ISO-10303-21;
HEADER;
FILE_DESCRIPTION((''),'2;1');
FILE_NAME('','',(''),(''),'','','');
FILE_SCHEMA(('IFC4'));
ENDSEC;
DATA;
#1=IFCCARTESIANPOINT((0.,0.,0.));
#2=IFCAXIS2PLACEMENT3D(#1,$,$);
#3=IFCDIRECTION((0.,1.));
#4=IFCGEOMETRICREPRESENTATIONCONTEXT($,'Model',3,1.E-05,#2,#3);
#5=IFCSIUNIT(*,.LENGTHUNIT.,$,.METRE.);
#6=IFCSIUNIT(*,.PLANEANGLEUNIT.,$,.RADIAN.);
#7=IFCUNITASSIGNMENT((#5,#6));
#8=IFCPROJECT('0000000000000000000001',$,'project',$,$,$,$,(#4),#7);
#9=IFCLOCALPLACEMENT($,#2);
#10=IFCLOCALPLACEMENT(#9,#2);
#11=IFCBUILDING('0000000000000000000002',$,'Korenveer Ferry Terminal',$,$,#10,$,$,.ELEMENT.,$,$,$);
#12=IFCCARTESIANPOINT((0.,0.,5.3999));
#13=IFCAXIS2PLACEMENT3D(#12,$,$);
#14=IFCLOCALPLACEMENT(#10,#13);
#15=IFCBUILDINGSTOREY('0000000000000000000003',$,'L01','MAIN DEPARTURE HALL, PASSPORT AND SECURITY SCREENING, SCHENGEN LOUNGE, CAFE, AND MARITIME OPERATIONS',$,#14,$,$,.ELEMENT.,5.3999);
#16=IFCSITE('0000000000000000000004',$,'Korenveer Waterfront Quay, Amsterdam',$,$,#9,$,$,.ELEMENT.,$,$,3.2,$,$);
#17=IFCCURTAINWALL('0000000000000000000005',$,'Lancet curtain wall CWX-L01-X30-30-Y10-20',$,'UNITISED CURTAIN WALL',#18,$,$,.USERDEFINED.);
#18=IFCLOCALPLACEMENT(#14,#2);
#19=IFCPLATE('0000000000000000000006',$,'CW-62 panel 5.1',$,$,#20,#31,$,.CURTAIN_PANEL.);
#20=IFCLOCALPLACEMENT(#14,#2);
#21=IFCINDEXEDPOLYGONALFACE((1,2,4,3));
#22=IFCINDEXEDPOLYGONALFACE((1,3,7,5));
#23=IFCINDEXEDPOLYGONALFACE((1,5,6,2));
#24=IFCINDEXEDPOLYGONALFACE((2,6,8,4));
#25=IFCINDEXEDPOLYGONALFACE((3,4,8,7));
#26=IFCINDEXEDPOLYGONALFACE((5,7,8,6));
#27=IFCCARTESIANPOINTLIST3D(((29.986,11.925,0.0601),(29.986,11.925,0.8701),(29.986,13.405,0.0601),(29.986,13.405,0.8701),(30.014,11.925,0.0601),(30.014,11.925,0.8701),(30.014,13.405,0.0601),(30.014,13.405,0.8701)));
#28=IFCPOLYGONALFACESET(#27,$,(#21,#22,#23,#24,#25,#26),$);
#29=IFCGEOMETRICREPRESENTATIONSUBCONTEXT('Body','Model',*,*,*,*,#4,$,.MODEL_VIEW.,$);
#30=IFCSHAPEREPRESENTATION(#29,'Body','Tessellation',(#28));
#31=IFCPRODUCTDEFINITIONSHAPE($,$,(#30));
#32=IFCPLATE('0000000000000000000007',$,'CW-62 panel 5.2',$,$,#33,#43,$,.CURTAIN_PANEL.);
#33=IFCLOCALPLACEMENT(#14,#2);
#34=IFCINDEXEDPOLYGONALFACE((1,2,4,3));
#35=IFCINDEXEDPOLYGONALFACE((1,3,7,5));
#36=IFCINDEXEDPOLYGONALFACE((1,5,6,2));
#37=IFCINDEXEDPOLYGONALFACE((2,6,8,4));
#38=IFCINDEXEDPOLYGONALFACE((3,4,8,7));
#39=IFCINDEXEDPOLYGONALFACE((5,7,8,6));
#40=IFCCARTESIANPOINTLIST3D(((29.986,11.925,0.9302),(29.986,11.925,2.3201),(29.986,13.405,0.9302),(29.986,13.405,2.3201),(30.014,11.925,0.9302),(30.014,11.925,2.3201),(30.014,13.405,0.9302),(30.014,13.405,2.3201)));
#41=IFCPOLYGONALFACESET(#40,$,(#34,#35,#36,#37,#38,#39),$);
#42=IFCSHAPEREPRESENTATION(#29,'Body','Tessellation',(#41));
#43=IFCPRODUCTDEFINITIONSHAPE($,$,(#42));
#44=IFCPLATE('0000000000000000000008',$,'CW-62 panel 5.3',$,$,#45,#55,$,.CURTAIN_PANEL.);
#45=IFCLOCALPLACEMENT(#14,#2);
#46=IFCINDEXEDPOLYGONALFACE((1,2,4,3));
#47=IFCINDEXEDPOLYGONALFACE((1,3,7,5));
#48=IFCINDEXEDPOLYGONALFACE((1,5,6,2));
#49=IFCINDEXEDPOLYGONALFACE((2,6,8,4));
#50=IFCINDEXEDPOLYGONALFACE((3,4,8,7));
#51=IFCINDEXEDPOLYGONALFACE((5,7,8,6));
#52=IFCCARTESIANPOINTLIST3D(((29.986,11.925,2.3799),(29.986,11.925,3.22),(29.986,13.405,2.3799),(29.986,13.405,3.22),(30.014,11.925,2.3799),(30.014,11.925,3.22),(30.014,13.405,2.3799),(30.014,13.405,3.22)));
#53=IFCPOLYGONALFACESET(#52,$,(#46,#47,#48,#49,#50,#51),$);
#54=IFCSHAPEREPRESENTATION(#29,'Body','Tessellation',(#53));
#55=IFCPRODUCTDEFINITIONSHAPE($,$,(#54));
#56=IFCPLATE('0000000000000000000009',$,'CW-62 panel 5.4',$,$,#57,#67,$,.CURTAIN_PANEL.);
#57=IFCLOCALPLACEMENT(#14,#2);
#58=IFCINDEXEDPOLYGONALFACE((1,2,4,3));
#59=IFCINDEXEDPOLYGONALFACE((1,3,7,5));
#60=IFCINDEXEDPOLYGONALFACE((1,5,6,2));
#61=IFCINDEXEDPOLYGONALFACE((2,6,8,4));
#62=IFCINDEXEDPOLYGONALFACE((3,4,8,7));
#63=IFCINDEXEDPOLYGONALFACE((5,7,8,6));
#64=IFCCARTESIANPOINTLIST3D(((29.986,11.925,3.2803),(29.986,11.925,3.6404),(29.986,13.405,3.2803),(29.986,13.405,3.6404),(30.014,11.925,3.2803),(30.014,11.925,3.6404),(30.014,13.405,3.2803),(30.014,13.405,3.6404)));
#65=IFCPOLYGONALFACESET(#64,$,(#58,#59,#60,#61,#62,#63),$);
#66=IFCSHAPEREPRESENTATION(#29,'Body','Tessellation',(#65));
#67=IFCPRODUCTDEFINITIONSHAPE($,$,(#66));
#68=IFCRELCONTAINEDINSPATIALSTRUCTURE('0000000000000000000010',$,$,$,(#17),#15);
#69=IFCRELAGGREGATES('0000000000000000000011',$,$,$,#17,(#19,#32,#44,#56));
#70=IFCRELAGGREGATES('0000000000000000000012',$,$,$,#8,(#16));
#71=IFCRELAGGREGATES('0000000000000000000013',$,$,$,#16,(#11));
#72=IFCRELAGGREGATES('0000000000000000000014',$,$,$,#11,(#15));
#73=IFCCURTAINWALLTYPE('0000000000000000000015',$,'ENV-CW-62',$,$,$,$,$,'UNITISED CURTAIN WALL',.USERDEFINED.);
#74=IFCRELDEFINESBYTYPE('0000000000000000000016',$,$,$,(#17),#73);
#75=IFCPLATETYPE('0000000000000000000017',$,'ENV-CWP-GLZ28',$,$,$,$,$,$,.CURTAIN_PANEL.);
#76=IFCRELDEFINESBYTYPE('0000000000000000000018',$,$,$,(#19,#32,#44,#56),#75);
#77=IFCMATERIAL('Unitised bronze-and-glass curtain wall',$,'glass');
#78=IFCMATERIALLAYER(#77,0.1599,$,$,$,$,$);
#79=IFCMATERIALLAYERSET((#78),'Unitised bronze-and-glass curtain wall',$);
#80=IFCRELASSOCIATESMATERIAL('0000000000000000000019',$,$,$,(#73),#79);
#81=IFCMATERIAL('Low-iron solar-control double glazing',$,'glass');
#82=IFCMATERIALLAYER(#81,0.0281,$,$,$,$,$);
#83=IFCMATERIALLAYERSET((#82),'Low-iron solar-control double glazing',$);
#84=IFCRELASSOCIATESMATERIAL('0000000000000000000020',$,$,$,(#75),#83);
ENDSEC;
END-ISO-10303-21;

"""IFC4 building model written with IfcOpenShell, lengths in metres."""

from ifc_helpers import new_model, si_unit, direction, frame, origin, origin_2d, place, context, subcontext, project, spatial, rectangle, extrude, material, layer, layer_set, type_object, element, aggregate, save


model = new_model("IFC4")

# Units and contexts
model_context = context("Model", 3, precision=1e-05, world=origin(), true_north=direction((0.0, 1.0)))
body_context = subcontext(model_context, "Body", "Model", "MODEL_VIEW")
ifc_project = project(units=[si_unit("LENGTHUNIT", "METRE"), si_unit("PLANEANGLEUNIT", "RADIAN")], contexts=[model_context])

# Site, building, storey
site_placement = place(None, origin())
site = spatial("IfcSite", under=ifc_project, at=site_placement, Name="Korenveer Waterfront Quay, Amsterdam", CompositionType="ELEMENT", RefElevation=3.2)
building_placement = place(site_placement, origin())
building = spatial("IfcBuilding", under=site, at=building_placement, Name="Korenveer Ferry Terminal", CompositionType="ELEMENT")
storey_placement = place(building_placement, frame((0.0, 0.0, 5.3999)))
storey = spatial("IfcBuildingStorey", under=building, at=storey_placement, Name="L01", Description="MAIN DEPARTURE HALL, PASSPORT AND SECURITY SCREENING, SCHENGEN LOUNGE, CAFE, AND MARITIME OPERATIONS", CompositionType="ELEMENT", Elevation=5.3999)

# Curtain wall, plates
ifc_material_1 = material(Name="Unitised bronze-and-glass curtain wall", Category="glass")
ifc_layer_1 = layer(ifc_material_1, 0.1599)
ifc_layer_set_1 = layer_set([ifc_layer_1], Name="Unitised bronze-and-glass curtain wall")
curtain_wall_type = type_object("IfcCurtainWallType", Name="ENV-CW-62", ElementType="UNITISED CURTAIN WALL", PredefinedType="USERDEFINED", material=ifc_layer_set_1)
curtain_wall_placement = place(storey_placement, frame((30.0, 19.595, 0.0)))
curtain_wall = element("IfcCurtainWall", 1, at=curtain_wall_placement, inside=storey, type_object=curtain_wall_type, Name="Lancet curtain wall CWX-L01-X30-30-Y10-20", ObjectType="UNITISED CURTAIN WALL", PredefinedType="USERDEFINED")
ifc_material_2 = material(Name="Low-iron solar-control double glazing", Category="glass")
ifc_layer_2 = layer(ifc_material_2, 0.0281)
ifc_layer_set_2 = layer_set([ifc_layer_2], Name="Low-iron solar-control double glazing")
plate_type = type_object("IfcPlateType", Name="ENV-CWP-GLZ28", PredefinedType="CURTAIN_PANEL", material=ifc_layer_set_2)
plate_1_placement = place(storey_placement, frame((30.0, 12.665, 0.0601), z_axis=(0.0, 0.0, 1.0), x_axis=(0.0, -1.0, 0.0)))
plate_1 = element("IfcPlate", 2, at=plate_1_placement, type_object=plate_type, Name="CW-62 panel 5.1", PredefinedType="CURTAIN_PANEL", context=body_context, shape_type="SweptSolid", body=[
    extrude(rectangle(XDim=1.48, YDim=0.0281, at=origin_2d()), origin(), (0.0, 0.0, 1.0), 0.8101),
])
plate_2_placement = place(storey_placement, frame((30.0, 12.665, 0.9302), z_axis=(0.0, 0.0, 1.0), x_axis=(0.0, -1.0, 0.0)))
plate_2 = element("IfcPlate", 3, at=plate_2_placement, type_object=plate_type, Name="CW-62 panel 5.2", PredefinedType="CURTAIN_PANEL", context=body_context, shape_type="SweptSolid", body=[
    extrude(rectangle(XDim=1.48, YDim=0.0281, at=origin_2d()), origin(), (0.0, 0.0, 1.0), 1.3899),
])
plate_3_placement = place(storey_placement, frame((30.0, 12.665, 2.3799), z_axis=(0.0, 0.0, 1.0), x_axis=(0.0, -1.0, 0.0)))
plate_3 = element("IfcPlate", 4, at=plate_3_placement, type_object=plate_type, Name="CW-62 panel 5.3", PredefinedType="CURTAIN_PANEL", context=body_context, shape_type="SweptSolid", body=[
    extrude(rectangle(XDim=1.48, YDim=0.0281, at=origin_2d()), origin(), (0.0, 0.0, 1.0), 0.8401),
])
plate_4_placement = place(storey_placement, frame((30.0, 12.665, 3.2803), z_axis=(0.0, 0.0, 1.0), x_axis=(0.0, -1.0, 0.0)))
plate_4 = element("IfcPlate", 5, at=plate_4_placement, type_object=plate_type, Name="CW-62 panel 5.4", PredefinedType="CURTAIN_PANEL", context=body_context, shape_type="SweptSolid", body=[
    extrude(rectangle(XDim=1.48, YDim=0.0281, at=origin_2d()), origin(), (0.0, 0.0, 1.0), 0.3601),
])
aggregate(curtain_wall, [plate_1, plate_2, plate_3, plate_4])

save(model, "model.ifc")
